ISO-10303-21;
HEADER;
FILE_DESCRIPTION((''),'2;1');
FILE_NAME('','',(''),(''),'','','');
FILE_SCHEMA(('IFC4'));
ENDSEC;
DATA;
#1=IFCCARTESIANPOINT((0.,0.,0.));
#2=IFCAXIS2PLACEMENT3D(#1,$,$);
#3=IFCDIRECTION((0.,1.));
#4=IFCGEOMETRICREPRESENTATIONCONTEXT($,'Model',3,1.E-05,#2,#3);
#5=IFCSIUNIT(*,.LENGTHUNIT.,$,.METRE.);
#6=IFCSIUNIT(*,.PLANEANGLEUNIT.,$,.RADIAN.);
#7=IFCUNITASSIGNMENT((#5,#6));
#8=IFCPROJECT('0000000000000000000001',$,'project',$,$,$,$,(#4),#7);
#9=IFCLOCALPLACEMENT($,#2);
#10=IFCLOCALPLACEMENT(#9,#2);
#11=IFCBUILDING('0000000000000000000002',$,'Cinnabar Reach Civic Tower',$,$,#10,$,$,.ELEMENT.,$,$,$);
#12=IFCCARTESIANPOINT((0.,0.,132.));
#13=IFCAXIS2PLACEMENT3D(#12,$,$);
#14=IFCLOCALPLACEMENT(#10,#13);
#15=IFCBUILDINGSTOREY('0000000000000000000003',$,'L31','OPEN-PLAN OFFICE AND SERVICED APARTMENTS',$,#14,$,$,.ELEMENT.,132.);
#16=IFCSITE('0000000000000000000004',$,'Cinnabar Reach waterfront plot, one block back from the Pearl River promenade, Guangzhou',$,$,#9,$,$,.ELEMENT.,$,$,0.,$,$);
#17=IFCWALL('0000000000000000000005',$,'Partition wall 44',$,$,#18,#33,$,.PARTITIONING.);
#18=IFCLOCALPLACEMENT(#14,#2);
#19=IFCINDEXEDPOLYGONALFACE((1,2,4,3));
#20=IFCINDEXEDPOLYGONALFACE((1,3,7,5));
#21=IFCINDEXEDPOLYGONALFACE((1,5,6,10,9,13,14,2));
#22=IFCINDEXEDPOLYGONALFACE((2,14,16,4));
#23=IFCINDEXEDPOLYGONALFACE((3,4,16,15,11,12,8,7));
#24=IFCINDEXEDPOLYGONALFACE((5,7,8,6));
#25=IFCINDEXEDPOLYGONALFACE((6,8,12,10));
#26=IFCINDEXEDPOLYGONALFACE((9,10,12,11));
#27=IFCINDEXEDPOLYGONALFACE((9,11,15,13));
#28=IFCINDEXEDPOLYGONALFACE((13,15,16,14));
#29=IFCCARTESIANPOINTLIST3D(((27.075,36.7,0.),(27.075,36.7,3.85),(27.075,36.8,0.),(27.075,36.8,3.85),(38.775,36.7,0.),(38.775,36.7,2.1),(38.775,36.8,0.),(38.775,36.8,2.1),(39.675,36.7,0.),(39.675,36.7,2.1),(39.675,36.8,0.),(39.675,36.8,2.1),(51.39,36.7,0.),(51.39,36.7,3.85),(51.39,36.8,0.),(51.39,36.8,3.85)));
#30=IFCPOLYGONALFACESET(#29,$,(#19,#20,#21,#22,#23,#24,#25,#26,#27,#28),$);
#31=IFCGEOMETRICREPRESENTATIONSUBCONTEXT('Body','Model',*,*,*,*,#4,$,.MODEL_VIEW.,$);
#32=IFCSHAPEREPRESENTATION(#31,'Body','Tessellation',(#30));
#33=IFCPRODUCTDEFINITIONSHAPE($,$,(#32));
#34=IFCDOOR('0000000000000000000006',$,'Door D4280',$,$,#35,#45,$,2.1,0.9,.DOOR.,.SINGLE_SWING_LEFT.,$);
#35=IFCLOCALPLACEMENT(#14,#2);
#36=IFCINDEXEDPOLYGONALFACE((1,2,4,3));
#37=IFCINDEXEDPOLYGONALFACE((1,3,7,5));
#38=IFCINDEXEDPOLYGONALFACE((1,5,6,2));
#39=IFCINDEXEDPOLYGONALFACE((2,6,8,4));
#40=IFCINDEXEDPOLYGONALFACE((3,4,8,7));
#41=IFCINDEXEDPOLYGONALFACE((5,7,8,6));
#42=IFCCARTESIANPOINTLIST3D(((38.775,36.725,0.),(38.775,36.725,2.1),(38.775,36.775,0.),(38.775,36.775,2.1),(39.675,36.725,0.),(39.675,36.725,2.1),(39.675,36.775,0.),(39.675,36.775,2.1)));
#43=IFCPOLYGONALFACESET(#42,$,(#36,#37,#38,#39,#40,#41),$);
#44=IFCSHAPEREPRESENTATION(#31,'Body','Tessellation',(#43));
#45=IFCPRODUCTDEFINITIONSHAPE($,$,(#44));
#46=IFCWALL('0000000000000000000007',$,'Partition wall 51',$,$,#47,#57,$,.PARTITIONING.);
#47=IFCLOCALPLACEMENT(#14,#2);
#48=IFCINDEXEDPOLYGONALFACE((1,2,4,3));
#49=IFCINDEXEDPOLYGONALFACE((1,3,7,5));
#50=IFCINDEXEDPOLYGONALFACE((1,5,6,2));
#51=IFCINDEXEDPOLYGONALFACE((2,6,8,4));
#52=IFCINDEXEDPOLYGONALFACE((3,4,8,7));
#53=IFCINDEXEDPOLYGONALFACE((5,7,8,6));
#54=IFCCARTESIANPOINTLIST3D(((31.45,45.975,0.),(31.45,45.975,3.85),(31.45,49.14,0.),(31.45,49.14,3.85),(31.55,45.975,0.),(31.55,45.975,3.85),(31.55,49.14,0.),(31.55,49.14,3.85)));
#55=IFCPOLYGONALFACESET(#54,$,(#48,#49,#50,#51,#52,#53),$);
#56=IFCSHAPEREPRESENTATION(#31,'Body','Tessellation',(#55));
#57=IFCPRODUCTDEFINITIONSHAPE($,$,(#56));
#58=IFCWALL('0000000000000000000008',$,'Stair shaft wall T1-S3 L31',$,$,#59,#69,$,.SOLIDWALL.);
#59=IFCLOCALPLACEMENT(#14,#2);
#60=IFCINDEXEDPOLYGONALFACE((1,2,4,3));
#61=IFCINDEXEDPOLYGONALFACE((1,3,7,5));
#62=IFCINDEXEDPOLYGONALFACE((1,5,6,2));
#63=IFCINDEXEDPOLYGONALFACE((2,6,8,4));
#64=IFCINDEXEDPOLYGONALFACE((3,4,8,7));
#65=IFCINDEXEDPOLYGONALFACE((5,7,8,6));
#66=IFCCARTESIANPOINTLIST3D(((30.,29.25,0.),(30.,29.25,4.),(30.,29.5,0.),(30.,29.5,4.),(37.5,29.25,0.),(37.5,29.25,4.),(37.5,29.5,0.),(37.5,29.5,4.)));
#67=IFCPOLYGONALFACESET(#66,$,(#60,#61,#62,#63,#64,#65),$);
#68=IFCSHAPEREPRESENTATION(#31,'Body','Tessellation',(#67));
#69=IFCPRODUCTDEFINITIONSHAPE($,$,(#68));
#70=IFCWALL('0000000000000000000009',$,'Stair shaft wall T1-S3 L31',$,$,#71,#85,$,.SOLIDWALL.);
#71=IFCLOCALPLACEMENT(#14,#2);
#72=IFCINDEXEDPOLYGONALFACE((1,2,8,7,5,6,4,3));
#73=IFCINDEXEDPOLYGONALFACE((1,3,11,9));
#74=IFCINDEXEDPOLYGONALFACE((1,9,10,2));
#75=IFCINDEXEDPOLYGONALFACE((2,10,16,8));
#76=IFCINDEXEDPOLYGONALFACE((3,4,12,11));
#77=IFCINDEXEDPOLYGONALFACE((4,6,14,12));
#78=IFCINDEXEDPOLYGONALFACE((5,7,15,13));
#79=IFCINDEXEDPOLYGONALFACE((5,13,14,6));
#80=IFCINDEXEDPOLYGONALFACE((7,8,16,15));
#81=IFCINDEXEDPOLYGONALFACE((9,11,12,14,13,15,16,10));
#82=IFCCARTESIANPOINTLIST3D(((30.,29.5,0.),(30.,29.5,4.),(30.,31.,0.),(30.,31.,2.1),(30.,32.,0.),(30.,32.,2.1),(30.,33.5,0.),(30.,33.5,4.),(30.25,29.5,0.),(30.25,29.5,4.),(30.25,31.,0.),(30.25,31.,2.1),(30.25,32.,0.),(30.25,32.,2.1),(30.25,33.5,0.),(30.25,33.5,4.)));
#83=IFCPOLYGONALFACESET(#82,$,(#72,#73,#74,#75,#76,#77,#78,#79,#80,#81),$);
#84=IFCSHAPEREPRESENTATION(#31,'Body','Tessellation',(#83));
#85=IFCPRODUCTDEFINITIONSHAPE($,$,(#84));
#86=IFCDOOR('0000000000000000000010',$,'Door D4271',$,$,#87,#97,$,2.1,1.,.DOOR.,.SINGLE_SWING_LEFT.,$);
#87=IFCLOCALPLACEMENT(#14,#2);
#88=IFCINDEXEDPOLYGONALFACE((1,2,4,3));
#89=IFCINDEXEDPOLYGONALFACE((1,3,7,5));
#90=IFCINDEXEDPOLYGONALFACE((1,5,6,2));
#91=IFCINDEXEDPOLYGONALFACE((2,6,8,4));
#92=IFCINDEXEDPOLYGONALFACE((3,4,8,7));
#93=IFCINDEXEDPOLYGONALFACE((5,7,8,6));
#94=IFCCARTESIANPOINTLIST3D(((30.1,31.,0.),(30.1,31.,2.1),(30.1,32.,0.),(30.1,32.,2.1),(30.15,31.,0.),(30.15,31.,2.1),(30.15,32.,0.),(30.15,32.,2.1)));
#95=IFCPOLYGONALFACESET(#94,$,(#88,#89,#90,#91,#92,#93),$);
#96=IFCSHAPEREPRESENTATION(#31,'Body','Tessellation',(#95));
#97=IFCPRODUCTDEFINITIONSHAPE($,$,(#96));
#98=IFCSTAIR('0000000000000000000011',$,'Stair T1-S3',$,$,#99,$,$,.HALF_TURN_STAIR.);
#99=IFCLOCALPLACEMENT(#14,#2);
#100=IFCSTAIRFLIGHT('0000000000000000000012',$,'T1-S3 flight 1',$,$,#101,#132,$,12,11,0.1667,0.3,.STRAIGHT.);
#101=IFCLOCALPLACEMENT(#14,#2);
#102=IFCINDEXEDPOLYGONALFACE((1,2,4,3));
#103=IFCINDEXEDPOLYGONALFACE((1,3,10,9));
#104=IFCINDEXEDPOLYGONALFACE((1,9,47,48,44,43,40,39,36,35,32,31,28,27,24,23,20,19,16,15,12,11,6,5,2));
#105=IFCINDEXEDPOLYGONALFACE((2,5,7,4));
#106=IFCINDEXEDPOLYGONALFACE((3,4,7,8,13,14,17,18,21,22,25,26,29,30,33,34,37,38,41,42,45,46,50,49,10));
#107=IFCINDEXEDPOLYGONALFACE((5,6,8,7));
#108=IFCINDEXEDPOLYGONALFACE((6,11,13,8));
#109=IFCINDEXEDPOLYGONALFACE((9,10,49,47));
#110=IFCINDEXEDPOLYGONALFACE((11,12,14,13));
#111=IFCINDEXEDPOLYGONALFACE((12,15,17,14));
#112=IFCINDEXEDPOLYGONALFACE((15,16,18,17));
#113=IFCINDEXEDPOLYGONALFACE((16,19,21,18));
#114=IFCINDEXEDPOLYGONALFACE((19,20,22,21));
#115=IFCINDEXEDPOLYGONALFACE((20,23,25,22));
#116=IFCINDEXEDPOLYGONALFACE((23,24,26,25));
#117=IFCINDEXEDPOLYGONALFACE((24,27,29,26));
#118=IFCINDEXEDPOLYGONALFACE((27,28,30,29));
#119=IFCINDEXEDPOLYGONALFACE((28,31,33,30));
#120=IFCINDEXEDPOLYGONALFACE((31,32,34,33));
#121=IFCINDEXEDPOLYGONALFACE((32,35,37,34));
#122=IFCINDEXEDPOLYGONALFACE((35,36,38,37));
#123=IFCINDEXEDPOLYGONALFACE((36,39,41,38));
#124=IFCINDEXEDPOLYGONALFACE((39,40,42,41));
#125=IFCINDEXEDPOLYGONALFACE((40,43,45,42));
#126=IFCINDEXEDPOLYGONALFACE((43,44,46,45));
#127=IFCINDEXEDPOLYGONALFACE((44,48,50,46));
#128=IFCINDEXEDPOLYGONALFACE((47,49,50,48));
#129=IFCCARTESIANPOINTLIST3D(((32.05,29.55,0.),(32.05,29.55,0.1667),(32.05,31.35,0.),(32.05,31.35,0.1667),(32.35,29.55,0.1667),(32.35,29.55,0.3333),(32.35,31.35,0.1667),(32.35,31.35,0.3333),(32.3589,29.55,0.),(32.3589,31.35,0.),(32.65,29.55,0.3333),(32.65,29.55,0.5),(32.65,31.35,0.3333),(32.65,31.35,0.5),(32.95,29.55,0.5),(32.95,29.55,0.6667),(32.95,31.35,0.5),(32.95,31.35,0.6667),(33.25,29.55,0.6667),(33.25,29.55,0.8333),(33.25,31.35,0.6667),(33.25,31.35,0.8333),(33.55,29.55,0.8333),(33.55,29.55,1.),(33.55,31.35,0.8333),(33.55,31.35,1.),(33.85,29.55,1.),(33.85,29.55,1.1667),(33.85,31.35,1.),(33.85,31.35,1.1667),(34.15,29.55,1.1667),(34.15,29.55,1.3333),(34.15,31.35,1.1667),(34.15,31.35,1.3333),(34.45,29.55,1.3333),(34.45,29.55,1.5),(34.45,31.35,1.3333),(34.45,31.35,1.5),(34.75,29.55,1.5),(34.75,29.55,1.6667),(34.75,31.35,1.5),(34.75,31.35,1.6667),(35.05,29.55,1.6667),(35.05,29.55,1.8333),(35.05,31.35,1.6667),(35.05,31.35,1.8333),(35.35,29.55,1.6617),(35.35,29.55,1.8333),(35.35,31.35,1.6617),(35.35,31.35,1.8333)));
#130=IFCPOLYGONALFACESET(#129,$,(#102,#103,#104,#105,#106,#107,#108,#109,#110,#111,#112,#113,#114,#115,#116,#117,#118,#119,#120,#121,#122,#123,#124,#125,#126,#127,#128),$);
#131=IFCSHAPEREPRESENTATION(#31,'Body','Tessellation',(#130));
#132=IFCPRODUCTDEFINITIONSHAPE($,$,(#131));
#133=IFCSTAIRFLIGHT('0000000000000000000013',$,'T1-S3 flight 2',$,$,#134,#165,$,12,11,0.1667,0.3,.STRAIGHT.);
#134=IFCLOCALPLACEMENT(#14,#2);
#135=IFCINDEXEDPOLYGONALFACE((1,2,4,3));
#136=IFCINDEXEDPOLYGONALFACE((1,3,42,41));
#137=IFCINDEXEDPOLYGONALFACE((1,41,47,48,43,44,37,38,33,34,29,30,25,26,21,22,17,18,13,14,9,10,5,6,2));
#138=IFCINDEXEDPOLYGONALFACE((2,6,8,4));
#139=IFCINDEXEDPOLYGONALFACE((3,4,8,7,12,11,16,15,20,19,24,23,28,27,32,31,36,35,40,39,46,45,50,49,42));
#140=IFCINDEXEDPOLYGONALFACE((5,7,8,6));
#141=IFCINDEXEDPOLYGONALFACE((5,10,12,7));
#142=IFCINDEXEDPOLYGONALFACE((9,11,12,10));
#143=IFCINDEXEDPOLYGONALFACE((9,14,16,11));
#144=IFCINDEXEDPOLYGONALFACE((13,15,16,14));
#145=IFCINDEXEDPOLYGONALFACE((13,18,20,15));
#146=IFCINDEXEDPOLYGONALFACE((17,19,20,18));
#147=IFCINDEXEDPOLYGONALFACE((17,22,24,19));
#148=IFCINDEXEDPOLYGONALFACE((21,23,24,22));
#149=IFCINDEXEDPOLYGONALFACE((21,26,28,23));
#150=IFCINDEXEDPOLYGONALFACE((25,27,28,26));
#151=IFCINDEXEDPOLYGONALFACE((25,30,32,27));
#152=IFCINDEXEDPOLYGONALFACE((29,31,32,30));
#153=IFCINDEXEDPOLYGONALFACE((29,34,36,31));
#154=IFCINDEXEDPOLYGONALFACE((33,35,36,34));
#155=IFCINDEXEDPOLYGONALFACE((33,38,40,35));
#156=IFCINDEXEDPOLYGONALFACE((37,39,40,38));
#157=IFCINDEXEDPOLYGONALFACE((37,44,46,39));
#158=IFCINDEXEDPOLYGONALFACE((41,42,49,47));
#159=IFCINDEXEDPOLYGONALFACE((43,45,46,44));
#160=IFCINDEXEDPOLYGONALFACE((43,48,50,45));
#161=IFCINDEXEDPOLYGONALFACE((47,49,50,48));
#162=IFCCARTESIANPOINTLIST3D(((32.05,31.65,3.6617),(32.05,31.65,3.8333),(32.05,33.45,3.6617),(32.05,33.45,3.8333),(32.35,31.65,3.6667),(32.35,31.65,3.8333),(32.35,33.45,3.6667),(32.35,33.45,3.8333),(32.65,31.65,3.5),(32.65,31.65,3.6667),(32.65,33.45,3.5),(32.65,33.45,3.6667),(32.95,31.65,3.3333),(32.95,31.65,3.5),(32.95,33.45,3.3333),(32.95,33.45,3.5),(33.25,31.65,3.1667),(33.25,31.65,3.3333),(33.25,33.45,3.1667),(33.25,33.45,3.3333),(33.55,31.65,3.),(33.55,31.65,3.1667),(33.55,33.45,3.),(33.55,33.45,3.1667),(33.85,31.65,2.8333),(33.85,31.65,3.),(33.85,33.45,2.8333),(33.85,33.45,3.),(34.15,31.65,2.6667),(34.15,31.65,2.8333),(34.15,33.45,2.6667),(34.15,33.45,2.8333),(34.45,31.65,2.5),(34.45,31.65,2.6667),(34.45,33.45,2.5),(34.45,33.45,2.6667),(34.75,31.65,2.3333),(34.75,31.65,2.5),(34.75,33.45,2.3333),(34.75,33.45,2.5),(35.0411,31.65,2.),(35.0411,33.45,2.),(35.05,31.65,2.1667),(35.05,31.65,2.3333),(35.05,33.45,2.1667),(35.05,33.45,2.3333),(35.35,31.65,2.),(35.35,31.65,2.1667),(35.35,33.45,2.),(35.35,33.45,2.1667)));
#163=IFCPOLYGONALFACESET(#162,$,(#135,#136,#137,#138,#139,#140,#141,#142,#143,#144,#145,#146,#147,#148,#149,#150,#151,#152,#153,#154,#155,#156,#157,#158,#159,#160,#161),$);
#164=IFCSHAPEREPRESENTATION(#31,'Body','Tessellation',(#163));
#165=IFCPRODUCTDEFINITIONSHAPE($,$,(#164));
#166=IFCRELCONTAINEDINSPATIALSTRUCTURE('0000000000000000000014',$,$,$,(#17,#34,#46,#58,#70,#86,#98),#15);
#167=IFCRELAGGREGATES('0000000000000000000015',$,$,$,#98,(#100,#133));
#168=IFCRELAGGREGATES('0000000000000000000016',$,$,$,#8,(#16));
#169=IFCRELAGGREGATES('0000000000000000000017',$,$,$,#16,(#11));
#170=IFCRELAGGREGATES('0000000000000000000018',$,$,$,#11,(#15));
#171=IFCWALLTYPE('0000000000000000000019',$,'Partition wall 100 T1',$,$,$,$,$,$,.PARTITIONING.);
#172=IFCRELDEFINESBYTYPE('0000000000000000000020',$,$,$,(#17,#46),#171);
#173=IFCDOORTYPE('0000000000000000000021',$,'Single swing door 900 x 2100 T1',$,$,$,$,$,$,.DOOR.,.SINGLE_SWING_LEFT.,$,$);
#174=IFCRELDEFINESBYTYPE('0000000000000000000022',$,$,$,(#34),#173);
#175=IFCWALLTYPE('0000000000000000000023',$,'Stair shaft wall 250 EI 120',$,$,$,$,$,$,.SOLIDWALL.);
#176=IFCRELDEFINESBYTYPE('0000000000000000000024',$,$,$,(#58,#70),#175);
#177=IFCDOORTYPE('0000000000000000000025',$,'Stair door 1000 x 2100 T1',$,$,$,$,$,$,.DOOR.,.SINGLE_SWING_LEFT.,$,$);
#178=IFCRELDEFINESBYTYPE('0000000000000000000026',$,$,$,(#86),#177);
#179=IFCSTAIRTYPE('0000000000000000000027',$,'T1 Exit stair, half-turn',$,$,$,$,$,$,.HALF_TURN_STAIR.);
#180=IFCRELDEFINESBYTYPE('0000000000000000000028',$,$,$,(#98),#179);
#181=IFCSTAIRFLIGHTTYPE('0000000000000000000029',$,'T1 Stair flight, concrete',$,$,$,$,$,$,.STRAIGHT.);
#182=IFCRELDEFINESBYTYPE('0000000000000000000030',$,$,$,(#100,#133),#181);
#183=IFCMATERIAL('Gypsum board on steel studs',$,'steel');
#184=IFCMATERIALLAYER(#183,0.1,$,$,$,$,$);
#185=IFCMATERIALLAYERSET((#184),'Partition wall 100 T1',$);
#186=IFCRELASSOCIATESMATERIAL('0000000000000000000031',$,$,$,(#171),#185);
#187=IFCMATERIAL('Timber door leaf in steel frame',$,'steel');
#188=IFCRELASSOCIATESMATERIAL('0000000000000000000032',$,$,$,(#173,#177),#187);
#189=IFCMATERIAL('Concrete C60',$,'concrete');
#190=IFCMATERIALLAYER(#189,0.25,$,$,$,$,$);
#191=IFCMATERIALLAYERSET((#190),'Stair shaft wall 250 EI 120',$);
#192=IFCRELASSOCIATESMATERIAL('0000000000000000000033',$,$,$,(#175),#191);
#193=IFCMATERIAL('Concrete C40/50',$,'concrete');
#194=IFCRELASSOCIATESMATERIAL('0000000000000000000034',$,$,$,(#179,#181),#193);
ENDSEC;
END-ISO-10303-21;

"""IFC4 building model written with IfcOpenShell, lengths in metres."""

from ifc_helpers import new_model, si_unit, direction, frame, frame_2d, origin, place, context, subcontext, project, spatial, polyline, rectangle, outline, extrude, material, layer, layer_set, type_object, element, fill, aggregate, save


model = new_model("IFC4")

# Units and contexts
model_context = context("Model", 3, precision=1e-05, world=origin(), true_north=direction((0.0, 1.0)))
body_context = subcontext(model_context, "Body", "Model", "MODEL_VIEW")
ifc_project = project(units=[si_unit("LENGTHUNIT", "METRE"), si_unit("PLANEANGLEUNIT", "RADIAN")], contexts=[model_context])

# Site, building, storey
site_placement = place(None, origin())
site = spatial("IfcSite", under=ifc_project, at=site_placement, Name="Cinnabar Reach waterfront plot, one block back from the Pearl River promenade, Guangzhou", CompositionType="ELEMENT", RefElevation=0.0)
building_placement = place(site_placement, origin())
building = spatial("IfcBuilding", under=site, at=building_placement, Name="Cinnabar Reach Civic Tower", CompositionType="ELEMENT")
storey_placement = place(building_placement, frame((0.0, 0.0, 132.0)))
storey = spatial("IfcBuildingStorey", under=building, at=storey_placement, Name="L31", Description="OPEN-PLAN OFFICE AND SERVICED APARTMENTS", CompositionType="ELEMENT", Elevation=132.0)

# Shared definitions
ifc_material_1 = material(Name="Timber door leaf in steel frame", Category="steel")

# Wall, opening, door
ifc_material_2 = material(Name="Gypsum board on steel studs", Category="steel")
ifc_layer_1 = layer(ifc_material_2, 0.1)
ifc_layer_set_1 = layer_set([ifc_layer_1], Name="Partition wall 100 T1")
wall_type_1 = type_object("IfcWallType", Name="Partition wall 100 T1", PredefinedType="PARTITIONING", material=ifc_layer_set_1)
wall_1_placement = place(storey_placement, frame((27.075, 36.75, 0.0), z_axis=(0.0, 0.0, 1.0), x_axis=(1.0, 0.0, 0.0)))
wall_1 = element("IfcWall", 1, at=wall_1_placement, inside=storey, type_object=wall_type_1, Name="Partition wall 44", PredefinedType="PARTITIONING", context=body_context, shape_type="SweptSolid", body=[
    extrude(rectangle(XDim=24.315, YDim=0.1, at=frame_2d((12.1575, 0.0))), origin(), (0.0, 0.0, 1.0), 3.85),
])
opening_1_placement = place(wall_1_placement, frame((11.7, 0.0, 0.0)))
opening_1 = element("IfcOpeningElement", 2, at=opening_1_placement, cuts=wall_1, PredefinedType="OPENING", context=body_context, shape_type="SweptSolid", body=[
    extrude(rectangle(XDim=0.9, YDim=2.1, at=frame_2d((0.45, 1.05))), frame((0.0, 0.06, 0.0), z_axis=(0.0, -1.0, 0.0), x_axis=(1.0, 0.0, 0.0)), (0.0, 0.0, 1.0), 0.12),
])
door_type_1 = type_object("IfcDoorType", Name="Single swing door 900 x 2100 T1", OperationType="SINGLE_SWING_LEFT", PredefinedType="DOOR", material=ifc_material_1)
door_1_placement = place(opening_1_placement, origin())
door_1 = element("IfcDoor", 3, at=door_1_placement, inside=storey, type_object=door_type_1, Name="Door D4280", OperationType="SINGLE_SWING_LEFT", OverallHeight=2.1, OverallWidth=0.9, PredefinedType="DOOR", context=body_context, shape_type="SweptSolid", body=[
    extrude(rectangle(XDim=0.9, YDim=2.1, at=frame_2d((0.45, 1.05))), frame((0.0, 0.025, 0.0), z_axis=(0.0, -1.0, 0.0), x_axis=(1.0, 0.0, 0.0)), (0.0, 0.0, 1.0), 0.05),
])
fill(opening_1, door_1)

# Walls
wall_2_placement = place(storey_placement, frame((31.5, 45.975, 0.0), z_axis=(0.0, 0.0, 1.0), x_axis=(0.0, 1.0, 0.0)))
element("IfcWall", 4, at=wall_2_placement, inside=storey, type_object=wall_type_1, Name="Partition wall 51", PredefinedType="PARTITIONING", context=body_context, shape_type="SweptSolid", body=[
    extrude(rectangle(XDim=3.165, YDim=0.1, at=frame_2d((1.5825, 0.0))), origin(), (0.0, 0.0, 1.0), 3.85),
])
ifc_material_3 = material(Name="Concrete C60", Category="concrete")
ifc_layer_2 = layer(ifc_material_3, 0.25)
ifc_layer_set_2 = layer_set([ifc_layer_2], Name="Stair shaft wall 250 EI 120")
wall_type_2 = type_object("IfcWallType", Name="Stair shaft wall 250 EI 120", PredefinedType="SOLIDWALL", material=ifc_layer_set_2)
wall_3_placement = place(storey_placement, frame((30.0, 29.375, 0.0), z_axis=(0.0, 0.0, 1.0), x_axis=(1.0, 0.0, 0.0)))
element("IfcWall", 5, at=wall_3_placement, inside=storey, type_object=wall_type_2, Name="Stair shaft wall T1-S3 L31", PredefinedType="SOLIDWALL", context=body_context, shape_type="SweptSolid", body=[
    extrude(rectangle(XDim=7.5, YDim=0.25, at=frame_2d((3.75, 0.0))), origin(), (0.0, 0.0, 1.0), 4.0),
])

# Wall, opening, door
wall_4_placement = place(storey_placement, frame((30.125, 33.5, 0.0), z_axis=(0.0, 0.0, 1.0), x_axis=(0.0, -1.0, 0.0)))
wall_4 = element("IfcWall", 6, at=wall_4_placement, inside=storey, type_object=wall_type_2, Name="Stair shaft wall T1-S3 L31", PredefinedType="SOLIDWALL", context=body_context, shape_type="SweptSolid", body=[
    extrude(rectangle(XDim=4.0, YDim=0.25, at=frame_2d((2.0, 0.0))), origin(), (0.0, 0.0, 1.0), 4.0),
])
opening_2_placement = place(wall_4_placement, frame((1.5, 0.0, 0.0)))
opening_2 = element("IfcOpeningElement", 7, at=opening_2_placement, cuts=wall_4, PredefinedType="OPENING", context=body_context, shape_type="SweptSolid", body=[
    extrude(rectangle(XDim=1.0, YDim=2.1, at=frame_2d((0.5, 1.05))), frame((0.0, 0.135, 0.0), z_axis=(0.0, -1.0, 0.0), x_axis=(1.0, 0.0, 0.0)), (0.0, 0.0, 1.0), 0.27),
])
door_type_2 = type_object("IfcDoorType", Name="Stair door 1000 x 2100 T1", OperationType="SINGLE_SWING_LEFT", PredefinedType="DOOR", material=ifc_material_1)
door_2_placement = place(opening_2_placement, origin())
door_2 = element("IfcDoor", 8, at=door_2_placement, inside=storey, type_object=door_type_2, Name="Door D4271", OperationType="SINGLE_SWING_LEFT", OverallHeight=2.1, OverallWidth=1.0, PredefinedType="DOOR", context=body_context, shape_type="SweptSolid", body=[
    extrude(rectangle(XDim=1.0, YDim=2.1, at=frame_2d((0.5, 1.05))), frame((0.0, 0.025, 0.0), z_axis=(0.0, -1.0, 0.0), x_axis=(1.0, 0.0, 0.0)), (0.0, 0.0, 1.0), 0.05),
])
fill(opening_2, door_2)

# Stair, stair flights
ifc_material_4 = material(Name="Concrete C40/50", Category="concrete")
stair_type = type_object("IfcStairType", Name="T1 Exit stair, half-turn", PredefinedType="HALF_TURN_STAIR", material=ifc_material_4)
stair_placement = place(storey_placement, origin())
stair = element("IfcStair", 9, at=stair_placement, inside=storey, type_object=stair_type, Name="Stair T1-S3", PredefinedType="HALF_TURN_STAIR")
stair_flight_type = type_object("IfcStairFlightType", Name="T1 Stair flight, concrete", PredefinedType="STRAIGHT", material=ifc_material_4)
stair_flight_1_placement = place(storey_placement, frame((32.05, 30.45, 0.0), z_axis=(0.0, 0.0, 1.0), x_axis=(1.0, 0.0, 0.0)))
stair_flight_1 = element("IfcStairFlight", 10, at=stair_flight_1_placement, type_object=stair_flight_type, Name="T1-S3 flight 1", NumberOfRisers=12, NumberOfTreads=11, PredefinedType="STRAIGHT", RiserHeight=0.1667, TreadLength=0.3, context=body_context, shape_type="SweptSolid", body=[
    extrude(outline(polyline([(0.0, 0.0), (0.0, 0.1667), (0.3, 0.1667), (0.3, 0.3333), (0.6, 0.3333), (0.6, 0.5), (0.9, 0.5), (0.9, 0.6667), (1.2, 0.6667), (1.2, 0.8333), (1.5, 0.8333), (1.5, 1.0), (1.8, 1.0), (1.8, 1.1667), (2.1, 1.1667), (2.1, 1.3333), (2.4, 1.3333), (2.4, 1.5), (2.7, 1.5), (2.7, 1.6667), (3.0, 1.6667), (3.0, 1.8333), (3.3, 1.8333), (3.3, 2.0), (3.3, 1.6617), (0.3089, 0.0), (0.0, 0.0)])), frame((0.0, 0.9, 0.0), z_axis=(0.0, -1.0, 0.0), x_axis=(1.0, 0.0, 0.0)), (0.0, 0.0, 1.0), 1.8),
])
stair_flight_2_placement = place(storey_placement, frame((35.35, 32.55, 2.0), z_axis=(0.0, 0.0, 1.0), x_axis=(-1.0, 0.0, 0.0)))
stair_flight_2 = element("IfcStairFlight", 11, at=stair_flight_2_placement, type_object=stair_flight_type, Name="T1-S3 flight 2", NumberOfRisers=12, NumberOfTreads=11, PredefinedType="STRAIGHT", RiserHeight=0.1667, TreadLength=0.3, context=body_context, shape_type="SweptSolid", body=[
    extrude(outline(polyline([(0.0, 0.0), (0.0, 0.1667), (0.3, 0.1667), (0.3, 0.3333), (0.6, 0.3333), (0.6, 0.5), (0.9, 0.5), (0.9, 0.6667), (1.2, 0.6667), (1.2, 0.8333), (1.5, 0.8333), (1.5, 1.0), (1.8, 1.0), (1.8, 1.1667), (2.1, 1.1667), (2.1, 1.3333), (2.4, 1.3333), (2.4, 1.5), (2.7, 1.5), (2.7, 1.6667), (3.0, 1.6667), (3.0, 1.8333), (3.3, 1.8333), (3.3, 2.0), (3.3, 1.6617), (0.3089, 0.0), (0.0, 0.0)])), frame((0.0, 0.9, 0.0), z_axis=(0.0, -1.0, 0.0), x_axis=(1.0, 0.0, 0.0)), (0.0, 0.0, 1.0), 1.8),
])
aggregate(stair, [stair_flight_1, stair_flight_2])

save(model, "model.ifc")
